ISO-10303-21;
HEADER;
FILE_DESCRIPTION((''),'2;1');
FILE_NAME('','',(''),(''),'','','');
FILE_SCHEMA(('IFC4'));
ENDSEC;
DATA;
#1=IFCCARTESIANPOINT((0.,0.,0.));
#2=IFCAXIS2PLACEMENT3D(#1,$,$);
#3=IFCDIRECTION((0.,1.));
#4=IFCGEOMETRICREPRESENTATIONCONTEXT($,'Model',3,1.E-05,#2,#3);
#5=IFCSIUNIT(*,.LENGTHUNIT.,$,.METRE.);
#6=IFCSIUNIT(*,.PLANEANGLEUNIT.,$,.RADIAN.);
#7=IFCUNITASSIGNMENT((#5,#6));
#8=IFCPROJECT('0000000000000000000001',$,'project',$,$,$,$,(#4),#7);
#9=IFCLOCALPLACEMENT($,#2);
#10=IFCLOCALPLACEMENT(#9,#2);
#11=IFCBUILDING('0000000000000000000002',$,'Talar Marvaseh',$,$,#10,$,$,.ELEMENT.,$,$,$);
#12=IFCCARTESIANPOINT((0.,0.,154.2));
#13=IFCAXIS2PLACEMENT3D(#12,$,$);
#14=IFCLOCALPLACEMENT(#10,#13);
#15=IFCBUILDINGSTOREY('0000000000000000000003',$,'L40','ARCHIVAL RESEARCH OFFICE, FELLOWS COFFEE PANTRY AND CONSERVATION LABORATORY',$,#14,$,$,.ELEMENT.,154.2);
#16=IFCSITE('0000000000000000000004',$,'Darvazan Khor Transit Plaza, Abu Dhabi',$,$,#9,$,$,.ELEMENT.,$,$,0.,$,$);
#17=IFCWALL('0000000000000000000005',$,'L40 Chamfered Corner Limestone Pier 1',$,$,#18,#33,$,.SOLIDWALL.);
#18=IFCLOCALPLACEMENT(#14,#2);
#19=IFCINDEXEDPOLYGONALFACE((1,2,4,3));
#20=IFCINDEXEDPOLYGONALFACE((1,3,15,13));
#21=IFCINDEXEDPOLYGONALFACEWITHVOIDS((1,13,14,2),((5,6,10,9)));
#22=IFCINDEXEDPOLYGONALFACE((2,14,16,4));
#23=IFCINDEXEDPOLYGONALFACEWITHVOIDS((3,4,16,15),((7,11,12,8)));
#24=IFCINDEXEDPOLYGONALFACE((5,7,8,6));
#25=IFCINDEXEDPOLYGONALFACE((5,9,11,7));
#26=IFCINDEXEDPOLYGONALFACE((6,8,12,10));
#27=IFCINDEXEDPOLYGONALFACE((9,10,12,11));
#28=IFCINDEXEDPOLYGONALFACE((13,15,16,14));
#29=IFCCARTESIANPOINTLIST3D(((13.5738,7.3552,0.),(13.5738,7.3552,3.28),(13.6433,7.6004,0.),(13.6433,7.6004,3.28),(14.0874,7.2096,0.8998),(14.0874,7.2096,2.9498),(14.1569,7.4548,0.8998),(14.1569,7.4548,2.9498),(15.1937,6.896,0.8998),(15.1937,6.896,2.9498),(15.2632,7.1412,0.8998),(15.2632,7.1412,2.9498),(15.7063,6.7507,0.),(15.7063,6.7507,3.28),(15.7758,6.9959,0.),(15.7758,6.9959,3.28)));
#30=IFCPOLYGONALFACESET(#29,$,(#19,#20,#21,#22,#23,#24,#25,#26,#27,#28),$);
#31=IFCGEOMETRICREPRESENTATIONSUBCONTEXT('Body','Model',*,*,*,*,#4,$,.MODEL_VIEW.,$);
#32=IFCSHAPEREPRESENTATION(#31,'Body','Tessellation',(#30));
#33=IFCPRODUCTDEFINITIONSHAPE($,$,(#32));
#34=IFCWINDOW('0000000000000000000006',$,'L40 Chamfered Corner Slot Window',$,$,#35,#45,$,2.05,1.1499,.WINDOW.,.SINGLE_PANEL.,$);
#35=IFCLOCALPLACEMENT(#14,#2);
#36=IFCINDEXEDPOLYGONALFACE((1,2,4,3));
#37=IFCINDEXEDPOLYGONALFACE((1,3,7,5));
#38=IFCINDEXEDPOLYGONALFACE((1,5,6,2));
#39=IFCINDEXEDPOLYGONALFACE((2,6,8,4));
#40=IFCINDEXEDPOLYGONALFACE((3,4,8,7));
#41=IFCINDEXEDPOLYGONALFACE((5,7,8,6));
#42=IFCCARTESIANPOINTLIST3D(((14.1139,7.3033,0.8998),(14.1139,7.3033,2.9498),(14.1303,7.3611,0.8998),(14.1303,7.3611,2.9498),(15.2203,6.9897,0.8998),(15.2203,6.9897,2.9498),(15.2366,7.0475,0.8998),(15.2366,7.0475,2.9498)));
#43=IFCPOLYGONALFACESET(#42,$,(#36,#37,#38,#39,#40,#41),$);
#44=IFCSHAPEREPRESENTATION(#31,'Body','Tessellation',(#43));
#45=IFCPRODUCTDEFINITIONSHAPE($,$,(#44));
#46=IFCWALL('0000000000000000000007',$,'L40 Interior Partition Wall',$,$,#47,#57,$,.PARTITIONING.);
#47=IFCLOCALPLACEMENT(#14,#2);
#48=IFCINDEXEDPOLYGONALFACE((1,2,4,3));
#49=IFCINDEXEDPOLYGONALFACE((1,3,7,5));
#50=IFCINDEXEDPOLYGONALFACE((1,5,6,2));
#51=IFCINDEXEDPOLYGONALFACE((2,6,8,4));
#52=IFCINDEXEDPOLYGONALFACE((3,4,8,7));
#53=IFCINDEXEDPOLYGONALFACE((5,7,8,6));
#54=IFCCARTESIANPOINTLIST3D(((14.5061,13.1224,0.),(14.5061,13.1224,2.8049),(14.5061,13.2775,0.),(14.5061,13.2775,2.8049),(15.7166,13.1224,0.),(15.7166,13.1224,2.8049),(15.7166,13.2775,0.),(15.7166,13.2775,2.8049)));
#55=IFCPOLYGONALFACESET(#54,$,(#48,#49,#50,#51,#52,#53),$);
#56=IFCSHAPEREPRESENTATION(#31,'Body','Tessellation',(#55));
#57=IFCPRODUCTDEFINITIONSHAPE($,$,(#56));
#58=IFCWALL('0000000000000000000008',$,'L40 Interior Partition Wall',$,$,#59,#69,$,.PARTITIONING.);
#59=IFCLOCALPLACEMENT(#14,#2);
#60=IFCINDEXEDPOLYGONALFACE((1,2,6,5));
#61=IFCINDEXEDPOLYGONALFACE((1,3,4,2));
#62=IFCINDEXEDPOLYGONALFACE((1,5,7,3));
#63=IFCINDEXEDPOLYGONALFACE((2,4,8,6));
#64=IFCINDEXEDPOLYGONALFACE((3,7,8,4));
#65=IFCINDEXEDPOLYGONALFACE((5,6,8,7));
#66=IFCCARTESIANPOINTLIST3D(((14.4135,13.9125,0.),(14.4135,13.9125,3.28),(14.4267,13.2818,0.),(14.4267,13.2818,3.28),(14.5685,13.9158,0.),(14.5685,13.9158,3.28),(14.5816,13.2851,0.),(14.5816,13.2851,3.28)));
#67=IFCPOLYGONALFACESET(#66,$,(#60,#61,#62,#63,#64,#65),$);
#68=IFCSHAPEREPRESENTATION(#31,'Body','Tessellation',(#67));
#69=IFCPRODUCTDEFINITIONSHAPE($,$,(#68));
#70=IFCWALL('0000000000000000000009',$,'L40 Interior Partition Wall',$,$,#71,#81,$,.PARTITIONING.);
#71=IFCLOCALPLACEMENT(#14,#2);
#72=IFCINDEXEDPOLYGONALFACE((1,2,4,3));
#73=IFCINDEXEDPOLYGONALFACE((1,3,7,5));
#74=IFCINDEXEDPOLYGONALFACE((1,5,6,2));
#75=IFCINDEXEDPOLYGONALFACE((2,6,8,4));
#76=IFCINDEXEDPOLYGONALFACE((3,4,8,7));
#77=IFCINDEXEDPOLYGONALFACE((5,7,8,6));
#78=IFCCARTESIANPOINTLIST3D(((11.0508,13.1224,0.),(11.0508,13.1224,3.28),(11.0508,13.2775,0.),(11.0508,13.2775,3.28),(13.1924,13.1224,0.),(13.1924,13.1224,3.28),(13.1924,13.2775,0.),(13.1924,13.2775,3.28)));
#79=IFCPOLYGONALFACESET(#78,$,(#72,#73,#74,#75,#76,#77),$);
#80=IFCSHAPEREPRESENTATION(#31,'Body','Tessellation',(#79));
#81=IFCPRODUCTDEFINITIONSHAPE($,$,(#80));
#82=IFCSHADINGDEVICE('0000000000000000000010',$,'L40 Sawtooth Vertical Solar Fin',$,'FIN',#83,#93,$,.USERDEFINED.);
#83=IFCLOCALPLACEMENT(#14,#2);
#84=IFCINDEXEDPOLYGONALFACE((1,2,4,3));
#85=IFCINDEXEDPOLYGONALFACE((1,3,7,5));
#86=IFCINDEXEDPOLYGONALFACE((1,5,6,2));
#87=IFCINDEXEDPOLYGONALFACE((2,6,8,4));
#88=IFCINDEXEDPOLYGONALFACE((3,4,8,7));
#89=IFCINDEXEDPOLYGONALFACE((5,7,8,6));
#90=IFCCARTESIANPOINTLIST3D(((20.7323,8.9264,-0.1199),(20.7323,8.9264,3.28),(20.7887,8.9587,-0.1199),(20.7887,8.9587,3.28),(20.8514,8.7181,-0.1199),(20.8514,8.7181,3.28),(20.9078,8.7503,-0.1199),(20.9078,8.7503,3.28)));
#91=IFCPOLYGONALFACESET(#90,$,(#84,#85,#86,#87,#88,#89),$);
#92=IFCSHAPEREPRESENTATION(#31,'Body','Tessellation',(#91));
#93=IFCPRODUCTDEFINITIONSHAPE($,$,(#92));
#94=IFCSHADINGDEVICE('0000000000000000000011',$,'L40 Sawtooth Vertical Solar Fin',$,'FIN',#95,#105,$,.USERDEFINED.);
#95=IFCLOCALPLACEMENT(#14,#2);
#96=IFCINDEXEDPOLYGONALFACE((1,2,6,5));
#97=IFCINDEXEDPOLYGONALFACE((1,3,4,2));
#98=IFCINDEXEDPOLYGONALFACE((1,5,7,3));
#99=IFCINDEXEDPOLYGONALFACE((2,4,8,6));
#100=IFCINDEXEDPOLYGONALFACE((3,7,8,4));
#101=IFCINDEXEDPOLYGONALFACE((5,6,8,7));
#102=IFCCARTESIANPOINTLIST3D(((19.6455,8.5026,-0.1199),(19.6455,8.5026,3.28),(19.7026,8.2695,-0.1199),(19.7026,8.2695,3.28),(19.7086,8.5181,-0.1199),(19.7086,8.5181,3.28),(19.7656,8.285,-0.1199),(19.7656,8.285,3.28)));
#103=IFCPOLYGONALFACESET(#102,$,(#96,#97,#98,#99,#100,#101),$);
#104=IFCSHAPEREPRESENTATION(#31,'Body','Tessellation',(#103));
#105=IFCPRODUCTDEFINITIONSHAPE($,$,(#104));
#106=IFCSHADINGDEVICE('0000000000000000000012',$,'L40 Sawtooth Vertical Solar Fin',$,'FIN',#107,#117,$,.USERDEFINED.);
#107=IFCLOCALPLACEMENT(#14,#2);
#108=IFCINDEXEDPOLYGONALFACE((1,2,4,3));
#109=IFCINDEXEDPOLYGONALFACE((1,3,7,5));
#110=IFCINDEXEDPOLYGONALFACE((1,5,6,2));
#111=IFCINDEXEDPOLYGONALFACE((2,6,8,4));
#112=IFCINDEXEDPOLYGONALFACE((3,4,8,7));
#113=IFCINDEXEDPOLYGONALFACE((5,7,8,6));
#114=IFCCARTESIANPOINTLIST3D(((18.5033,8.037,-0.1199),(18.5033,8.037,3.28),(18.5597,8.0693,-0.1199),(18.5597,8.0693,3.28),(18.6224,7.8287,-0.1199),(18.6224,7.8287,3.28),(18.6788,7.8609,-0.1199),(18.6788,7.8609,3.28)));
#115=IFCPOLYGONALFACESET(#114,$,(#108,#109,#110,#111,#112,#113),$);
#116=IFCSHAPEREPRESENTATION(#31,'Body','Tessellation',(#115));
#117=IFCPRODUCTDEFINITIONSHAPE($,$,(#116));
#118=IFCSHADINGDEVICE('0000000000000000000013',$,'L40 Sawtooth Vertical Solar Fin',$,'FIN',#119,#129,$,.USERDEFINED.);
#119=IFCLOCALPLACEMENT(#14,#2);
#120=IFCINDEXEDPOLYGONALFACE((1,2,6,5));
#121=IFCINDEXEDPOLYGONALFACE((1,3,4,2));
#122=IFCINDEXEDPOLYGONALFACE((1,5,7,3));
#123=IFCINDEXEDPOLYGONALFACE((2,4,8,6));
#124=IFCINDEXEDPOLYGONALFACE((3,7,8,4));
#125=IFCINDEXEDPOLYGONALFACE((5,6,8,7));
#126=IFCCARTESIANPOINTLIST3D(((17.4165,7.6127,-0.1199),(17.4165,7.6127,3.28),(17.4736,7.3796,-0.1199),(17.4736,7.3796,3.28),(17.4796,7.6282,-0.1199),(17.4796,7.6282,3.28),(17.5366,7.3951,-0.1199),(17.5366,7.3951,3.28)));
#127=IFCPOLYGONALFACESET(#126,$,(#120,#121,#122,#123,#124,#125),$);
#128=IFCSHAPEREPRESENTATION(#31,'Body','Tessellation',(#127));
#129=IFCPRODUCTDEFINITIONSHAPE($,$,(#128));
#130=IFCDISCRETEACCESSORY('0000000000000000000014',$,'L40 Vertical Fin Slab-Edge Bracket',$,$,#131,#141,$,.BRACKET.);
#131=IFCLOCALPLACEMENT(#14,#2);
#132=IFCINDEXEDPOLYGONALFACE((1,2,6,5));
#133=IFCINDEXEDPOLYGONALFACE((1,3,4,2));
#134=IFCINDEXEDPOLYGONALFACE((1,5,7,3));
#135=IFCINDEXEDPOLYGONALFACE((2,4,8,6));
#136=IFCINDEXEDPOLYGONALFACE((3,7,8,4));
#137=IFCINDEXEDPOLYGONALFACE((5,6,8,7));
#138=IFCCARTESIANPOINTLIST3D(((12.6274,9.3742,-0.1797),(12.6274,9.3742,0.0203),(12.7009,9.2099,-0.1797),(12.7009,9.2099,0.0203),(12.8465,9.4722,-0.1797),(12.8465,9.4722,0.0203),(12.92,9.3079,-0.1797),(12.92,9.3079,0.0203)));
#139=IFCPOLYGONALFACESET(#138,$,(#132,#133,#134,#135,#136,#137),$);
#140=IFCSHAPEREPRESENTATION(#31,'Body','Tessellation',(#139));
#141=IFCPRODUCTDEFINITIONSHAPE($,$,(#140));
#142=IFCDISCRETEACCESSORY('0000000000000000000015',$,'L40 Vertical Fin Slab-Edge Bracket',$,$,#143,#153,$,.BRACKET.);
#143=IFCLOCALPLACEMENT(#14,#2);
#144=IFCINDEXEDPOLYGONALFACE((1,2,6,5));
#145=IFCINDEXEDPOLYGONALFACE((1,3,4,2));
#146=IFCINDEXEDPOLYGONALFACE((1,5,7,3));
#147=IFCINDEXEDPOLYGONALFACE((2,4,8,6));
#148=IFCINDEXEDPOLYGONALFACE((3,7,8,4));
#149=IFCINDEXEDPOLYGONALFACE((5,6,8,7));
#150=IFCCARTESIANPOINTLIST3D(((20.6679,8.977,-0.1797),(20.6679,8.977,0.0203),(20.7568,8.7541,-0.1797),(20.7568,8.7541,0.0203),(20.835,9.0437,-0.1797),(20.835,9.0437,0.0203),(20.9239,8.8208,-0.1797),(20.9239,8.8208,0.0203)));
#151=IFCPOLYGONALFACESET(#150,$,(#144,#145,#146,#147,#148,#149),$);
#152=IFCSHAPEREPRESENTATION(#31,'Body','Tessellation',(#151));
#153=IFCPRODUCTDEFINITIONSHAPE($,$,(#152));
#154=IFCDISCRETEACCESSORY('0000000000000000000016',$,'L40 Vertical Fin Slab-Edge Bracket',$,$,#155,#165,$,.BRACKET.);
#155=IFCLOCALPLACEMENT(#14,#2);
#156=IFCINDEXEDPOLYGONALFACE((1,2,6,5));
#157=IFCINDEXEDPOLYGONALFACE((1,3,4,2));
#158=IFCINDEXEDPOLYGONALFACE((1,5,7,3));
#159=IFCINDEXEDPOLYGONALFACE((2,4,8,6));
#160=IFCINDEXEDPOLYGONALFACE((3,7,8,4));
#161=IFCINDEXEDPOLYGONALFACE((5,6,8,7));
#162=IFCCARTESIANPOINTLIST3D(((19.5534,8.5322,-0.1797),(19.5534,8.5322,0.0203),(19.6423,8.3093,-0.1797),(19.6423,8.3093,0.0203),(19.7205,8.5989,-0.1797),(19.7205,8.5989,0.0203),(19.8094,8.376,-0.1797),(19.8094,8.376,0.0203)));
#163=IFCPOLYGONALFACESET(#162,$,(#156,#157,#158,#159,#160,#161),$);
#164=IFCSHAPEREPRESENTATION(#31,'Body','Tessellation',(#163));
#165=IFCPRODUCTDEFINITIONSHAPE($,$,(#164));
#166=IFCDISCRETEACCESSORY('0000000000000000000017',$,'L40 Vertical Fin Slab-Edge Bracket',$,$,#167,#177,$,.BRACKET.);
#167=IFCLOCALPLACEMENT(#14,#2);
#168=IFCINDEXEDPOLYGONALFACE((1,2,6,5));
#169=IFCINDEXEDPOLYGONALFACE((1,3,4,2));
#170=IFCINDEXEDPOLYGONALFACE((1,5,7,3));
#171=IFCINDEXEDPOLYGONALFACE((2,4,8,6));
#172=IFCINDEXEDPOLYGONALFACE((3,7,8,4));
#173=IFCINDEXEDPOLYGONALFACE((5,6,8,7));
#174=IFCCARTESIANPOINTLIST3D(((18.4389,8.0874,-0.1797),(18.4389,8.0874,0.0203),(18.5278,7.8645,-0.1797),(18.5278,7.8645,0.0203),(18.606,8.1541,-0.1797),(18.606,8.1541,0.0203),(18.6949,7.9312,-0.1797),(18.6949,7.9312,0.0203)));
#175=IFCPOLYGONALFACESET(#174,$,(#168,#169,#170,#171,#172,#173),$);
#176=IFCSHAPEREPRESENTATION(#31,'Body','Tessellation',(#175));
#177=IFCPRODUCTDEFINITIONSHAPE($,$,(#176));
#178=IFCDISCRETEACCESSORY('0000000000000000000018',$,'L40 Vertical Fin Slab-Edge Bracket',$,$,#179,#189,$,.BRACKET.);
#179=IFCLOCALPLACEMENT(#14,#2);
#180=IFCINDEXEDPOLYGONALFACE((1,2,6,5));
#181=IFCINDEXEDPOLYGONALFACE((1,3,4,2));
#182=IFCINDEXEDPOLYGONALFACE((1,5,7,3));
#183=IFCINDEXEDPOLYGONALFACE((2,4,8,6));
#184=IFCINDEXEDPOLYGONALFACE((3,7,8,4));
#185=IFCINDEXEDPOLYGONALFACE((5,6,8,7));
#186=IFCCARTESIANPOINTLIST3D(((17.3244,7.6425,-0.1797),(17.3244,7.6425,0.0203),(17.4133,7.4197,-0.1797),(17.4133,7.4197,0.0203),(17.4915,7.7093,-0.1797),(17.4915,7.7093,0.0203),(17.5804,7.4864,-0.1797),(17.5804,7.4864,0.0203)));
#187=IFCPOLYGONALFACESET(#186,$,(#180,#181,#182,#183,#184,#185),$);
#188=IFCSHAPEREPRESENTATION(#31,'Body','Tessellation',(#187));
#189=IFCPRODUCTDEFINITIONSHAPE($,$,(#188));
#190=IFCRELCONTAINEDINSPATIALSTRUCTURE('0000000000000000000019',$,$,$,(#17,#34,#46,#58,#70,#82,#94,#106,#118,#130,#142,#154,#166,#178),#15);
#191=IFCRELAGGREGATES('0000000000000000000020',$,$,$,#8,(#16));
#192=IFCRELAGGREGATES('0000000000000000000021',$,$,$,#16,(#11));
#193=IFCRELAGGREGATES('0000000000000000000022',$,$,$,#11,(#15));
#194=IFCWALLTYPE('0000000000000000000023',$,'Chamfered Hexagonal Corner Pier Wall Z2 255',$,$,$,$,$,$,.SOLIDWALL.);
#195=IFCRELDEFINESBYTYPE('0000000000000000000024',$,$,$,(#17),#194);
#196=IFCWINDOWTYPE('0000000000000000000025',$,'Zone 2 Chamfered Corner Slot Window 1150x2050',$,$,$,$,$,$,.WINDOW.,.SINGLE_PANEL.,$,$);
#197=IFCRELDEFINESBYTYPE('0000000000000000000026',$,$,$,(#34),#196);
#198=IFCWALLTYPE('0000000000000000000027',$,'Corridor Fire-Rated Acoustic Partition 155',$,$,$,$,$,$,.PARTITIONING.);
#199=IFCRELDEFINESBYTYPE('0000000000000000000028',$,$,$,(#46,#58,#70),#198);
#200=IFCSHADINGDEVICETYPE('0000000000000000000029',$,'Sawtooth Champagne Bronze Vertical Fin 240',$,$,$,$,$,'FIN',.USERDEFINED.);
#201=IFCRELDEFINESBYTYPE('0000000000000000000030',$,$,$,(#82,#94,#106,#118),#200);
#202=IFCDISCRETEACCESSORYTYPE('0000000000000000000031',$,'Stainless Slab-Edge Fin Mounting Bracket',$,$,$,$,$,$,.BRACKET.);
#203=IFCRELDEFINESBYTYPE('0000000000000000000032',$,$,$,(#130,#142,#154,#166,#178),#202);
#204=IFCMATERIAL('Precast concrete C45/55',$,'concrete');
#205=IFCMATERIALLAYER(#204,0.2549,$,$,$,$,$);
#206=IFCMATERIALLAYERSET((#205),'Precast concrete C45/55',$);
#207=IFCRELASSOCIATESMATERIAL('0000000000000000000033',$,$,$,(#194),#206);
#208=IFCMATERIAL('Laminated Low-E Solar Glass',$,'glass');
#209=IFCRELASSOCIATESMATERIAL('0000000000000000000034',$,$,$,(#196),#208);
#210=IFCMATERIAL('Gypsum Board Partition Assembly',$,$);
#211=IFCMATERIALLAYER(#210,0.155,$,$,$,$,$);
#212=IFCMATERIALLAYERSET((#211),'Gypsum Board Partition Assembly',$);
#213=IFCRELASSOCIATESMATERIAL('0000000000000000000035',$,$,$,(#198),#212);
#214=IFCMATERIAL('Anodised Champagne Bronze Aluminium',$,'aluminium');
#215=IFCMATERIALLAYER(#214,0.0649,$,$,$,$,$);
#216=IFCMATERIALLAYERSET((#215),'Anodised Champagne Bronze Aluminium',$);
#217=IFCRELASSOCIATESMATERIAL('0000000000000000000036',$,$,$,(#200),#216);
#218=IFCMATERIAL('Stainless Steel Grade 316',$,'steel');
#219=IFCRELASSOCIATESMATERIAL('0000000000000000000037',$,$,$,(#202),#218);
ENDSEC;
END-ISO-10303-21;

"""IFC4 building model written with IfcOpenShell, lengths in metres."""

from ifc_helpers import new_model, si_unit, direction, frame, frame_2d, origin, origin_2d, place, context, subcontext, project, spatial, rectangle, extrude, source, transform, mapped, material, layer, layer_set, type_object, type_shapes, element, fill, save


model = new_model("IFC4")

# Units and contexts
model_context = context("Model", 3, precision=1e-05, world=origin(), true_north=direction((0.0, 1.0)))
body_context = subcontext(model_context, "Body", "Model", "MODEL_VIEW")
ifc_project = project(units=[si_unit("LENGTHUNIT", "METRE"), si_unit("PLANEANGLEUNIT", "RADIAN")], contexts=[model_context])

# Site, building, storey
site_placement = place(None, origin())
site = spatial("IfcSite", under=ifc_project, at=site_placement, Name="Darvazan Khor Transit Plaza, Abu Dhabi", CompositionType="ELEMENT", RefElevation=0.0)
building_placement = place(site_placement, origin())
building = spatial("IfcBuilding", under=site, at=building_placement, Name="Talar Marvaseh", CompositionType="ELEMENT")
storey_placement = place(building_placement, frame((0.0, 0.0, 154.2)))
storey = spatial("IfcBuildingStorey", under=building, at=storey_placement, Name="L40", Description="ARCHIVAL RESEARCH OFFICE, FELLOWS COFFEE PANTRY AND CONSERVATION LABORATORY", CompositionType="ELEMENT", Elevation=154.2)

# Shared definitions
ifc_material_1 = material(Name="Laminated Low-E Solar Glass", Category="glass")

# Wall, opening, window
ifc_material_2 = material(Name="Precast concrete C45/55", Category="concrete")
ifc_layer_1 = layer(ifc_material_2, 0.2549)
ifc_layer_set_1 = layer_set([ifc_layer_1], Name="Precast concrete C45/55")
wall_type_1 = type_object("IfcWallType", Name="Chamfered Hexagonal Corner Pier Wall Z2 255", PredefinedType="SOLIDWALL", material=ifc_layer_set_1)
wall_1_placement = place(storey_placement, frame((15.7412, 6.8733, 0.0), z_axis=(0.0, 0.0, 1.0), x_axis=(-0.962095, 0.272713, 0.0)))
wall_1 = element("IfcWall", 1, at=wall_1_placement, inside=storey, type_object=wall_type_1, Name="L40 Chamfered Corner Limestone Pier 1", PredefinedType="SOLIDWALL", context=body_context, shape_type="SweptSolid", body=[
    extrude(rectangle(XDim=2.2166, YDim=0.2549, at=frame_2d((1.1084, 0.0))), origin(), (0.0, 0.0, 1.0), 3.28),
])
opening_placement = place(wall_1_placement, frame((0.533, 0.0, 0.8999)))
opening = element("IfcOpeningElement", 2, at=opening_placement, cuts=wall_1, PredefinedType="OPENING", context=body_context, shape_type="SweptSolid", body=[
    extrude(rectangle(XDim=1.1499, YDim=2.05, at=frame_2d((0.575, 1.0249))), frame((0.0, 0.1375, 0.0), z_axis=(0.0, -1.0, 0.0), x_axis=(1.0, 0.0, 0.0)), (0.0, 0.0, 1.0), 0.2749),
])
window_type = type_object("IfcWindowType", Name="Zone 2 Chamfered Corner Slot Window 1150x2050", PartitioningType="SINGLE_PANEL", PredefinedType="WINDOW", material=ifc_material_1)
shared_shape_1 = source(origin(), body_context, "Body", "SweptSolid", [
    extrude(rectangle(XDim=1.1499, YDim=2.05, at=frame_2d((0.575, 1.0249))), frame((0.0, 0.03, 0.0), z_axis=(0.0, -1.0, 0.0), x_axis=(1.0, 0.0, 0.0)), (0.0, 0.0, 1.0), 0.0601),
])
type_shapes(window_type, [shared_shape_1])
window_placement = place(opening_placement, origin())
window = element("IfcWindow", 3, at=window_placement, inside=storey, type_object=window_type, Name="L40 Chamfered Corner Slot Window", OverallHeight=2.05, OverallWidth=1.1499, PartitioningType="SINGLE_PANEL", PredefinedType="WINDOW", context=body_context, shape_type="MappedRepresentation", body=[
    mapped(shared_shape_1, transform((0.0, 0.0, 0.0), x_axis=(1.0, 0.0, 0.0), y_axis=(0.0, 1.0, 0.0), z_axis=(0.0, 0.0, 1.0), scale=1.0)),
])
fill(opening, window)

# Walls
ifc_material_3 = material(Name="Gypsum Board Partition Assembly")
ifc_layer_2 = layer(ifc_material_3, 0.155)
ifc_layer_set_2 = layer_set([ifc_layer_2], Name="Gypsum Board Partition Assembly")
wall_type_2 = type_object("IfcWallType", Name="Corridor Fire-Rated Acoustic Partition 155", PredefinedType="PARTITIONING", material=ifc_layer_set_2)
wall_2_placement = place(storey_placement, frame((15.7166, 13.2, 0.0), z_axis=(0.0, 0.0, 1.0), x_axis=(-1.0, 0.0, 0.0)))
element("IfcWall", 4, at=wall_2_placement, inside=storey, type_object=wall_type_2, Name="L40 Interior Partition Wall", PredefinedType="PARTITIONING", context=body_context, shape_type="SweptSolid", body=[
    extrude(rectangle(XDim=1.2104, YDim=0.155, at=frame_2d((0.6052, 0.0))), origin(), (0.0, 0.0, 1.0), 2.8049),
])
wall_3_placement = place(storey_placement, frame((14.5042, 13.2834, 0.0), z_axis=(0.0, 0.0, 1.0), x_axis=(-0.020901, 0.999782, 0.0)))
element("IfcWall", 5, at=wall_3_placement, inside=storey, type_object=wall_type_2, Name="L40 Interior Partition Wall", PredefinedType="PARTITIONING", context=body_context, shape_type="SweptSolid", body=[
    extrude(rectangle(XDim=0.6309, YDim=0.155, at=frame_2d((0.3154, 0.0))), origin(), (0.0, 0.0, 1.0), 3.28),
])
wall_4_placement = place(storey_placement, frame((13.1924, 13.2, 0.0), z_axis=(0.0, 0.0, 1.0), x_axis=(-1.0, 0.0, 0.0)))
element("IfcWall", 6, at=wall_4_placement, inside=storey, type_object=wall_type_2, Name="L40 Interior Partition Wall", PredefinedType="PARTITIONING", context=body_context, shape_type="SweptSolid", body=[
    extrude(rectangle(XDim=2.1416, YDim=0.155, at=frame_2d((1.0708, 0.0))), origin(), (0.0, 0.0, 1.0), 3.28),
])

# Shading devices
ifc_material_4 = material(Name="Anodised Champagne Bronze Aluminium", Category="aluminium")
ifc_layer_3 = layer(ifc_material_4, 0.0649)
ifc_layer_set_3 = layer_set([ifc_layer_3], Name="Anodised Champagne Bronze Aluminium")
shading_device_type = type_object("IfcShadingDeviceType", Name="Sawtooth Champagne Bronze Vertical Fin 240", ElementType="FIN", PredefinedType="USERDEFINED", material=ifc_layer_set_3)
shared_shape_2 = source(origin(), body_context, "Body", "SweptSolid", [
    extrude(rectangle(XDim=0.24, YDim=0.0649, at=origin_2d()), origin(), (0.0, 0.0, 1.0), 3.3999),
])
type_shapes(shading_device_type, [shared_shape_2])
for number, where, z_axis, x_axis, name in (
    (7, (20.8201, 8.8384, -0.1199), (0.0, 0.0, 1.0), (0.496368, -0.868112, 0.0), "L40 Sawtooth Vertical Solar Fin"),
    (8, (19.7056, 8.3938, -0.1199), (0.0, 0.0, 1.0), (0.237855, -0.971301, 0.0), "L40 Sawtooth Vertical Solar Fin"),
    (9, (18.5911, 7.949, -0.1199), (0.0, 0.0, 1.0), (0.496368, -0.868112, 0.0), "L40 Sawtooth Vertical Solar Fin"),
    (10, (17.4766, 7.5039, -0.1199), (0.0, 0.0, 1.0), (0.237855, -0.971301, 0.0), "L40 Sawtooth Vertical Solar Fin"),
):
    element("IfcShadingDevice", number, at=place(storey_placement, frame(where, z_axis=z_axis, x_axis=x_axis)), inside=storey, type_object=shading_device_type, Name=name, ObjectType="FIN", PredefinedType="USERDEFINED", context=body_context, shape_type="MappedRepresentation", body=[
        mapped(shared_shape_2, transform((0.0, 0.0, 0.0), x_axis=(1.0, 0.0, 0.0), y_axis=(0.0, 1.0, 0.0), z_axis=(0.0, 0.0, 1.0), scale=1.0)),
    ])

# Discrete accessories
ifc_material_5 = material(Name="Stainless Steel Grade 316", Category="steel")
discrete_accessory_type = type_object("IfcDiscreteAccessoryType", Name="Stainless Slab-Edge Fin Mounting Bracket", PredefinedType="BRACKET", material=ifc_material_5)
shared_shape_3 = source(origin(), body_context, "Body", "SweptSolid", [
    extrude(rectangle(XDim=0.24, YDim=0.1799, at=origin_2d()), origin(), (0.0, 0.0, 1.0), 0.2),
])
type_shapes(discrete_accessory_type, [shared_shape_3])
for number, where, z_axis, x_axis, name in (
    (11, (12.7737, 9.3411, -0.1797), (0.0, 0.0, 1.0), (-0.912834, -0.40833, 0.0), "L40 Vertical Fin Slab-Edge Bracket"),
    (12, (20.7959, 8.8989, -0.1797), (0.0, 0.0, 1.0), (0.37072, -0.928745, 0.0), "L40 Vertical Fin Slab-Edge Bracket"),
    (13, (19.6814, 8.4541, -0.1797), (0.0, 0.0, 1.0), (0.37072, -0.928745, 0.0), "L40 Vertical Fin Slab-Edge Bracket"),
    (14, (18.5669, 8.0093, -0.1797), (0.0, 0.0, 1.0), (0.37072, -0.928745, 0.0), "L40 Vertical Fin Slab-Edge Bracket"),
    (15, (17.4524, 7.5645, -0.1797), (0.0, 0.0, 1.0), (0.37072, -0.928745, 0.0), "L40 Vertical Fin Slab-Edge Bracket"),
):
    element("IfcDiscreteAccessory", number, at=place(storey_placement, frame(where, z_axis=z_axis, x_axis=x_axis)), inside=storey, type_object=discrete_accessory_type, Name=name, PredefinedType="BRACKET", context=body_context, shape_type="MappedRepresentation", body=[
        mapped(shared_shape_3, transform((0.0, 0.0, 0.0), x_axis=(1.0, 0.0, 0.0), y_axis=(0.0, 1.0, 0.0), z_axis=(0.0, 0.0, 1.0), scale=1.0)),
    ])

save(model, "model.ifc")
